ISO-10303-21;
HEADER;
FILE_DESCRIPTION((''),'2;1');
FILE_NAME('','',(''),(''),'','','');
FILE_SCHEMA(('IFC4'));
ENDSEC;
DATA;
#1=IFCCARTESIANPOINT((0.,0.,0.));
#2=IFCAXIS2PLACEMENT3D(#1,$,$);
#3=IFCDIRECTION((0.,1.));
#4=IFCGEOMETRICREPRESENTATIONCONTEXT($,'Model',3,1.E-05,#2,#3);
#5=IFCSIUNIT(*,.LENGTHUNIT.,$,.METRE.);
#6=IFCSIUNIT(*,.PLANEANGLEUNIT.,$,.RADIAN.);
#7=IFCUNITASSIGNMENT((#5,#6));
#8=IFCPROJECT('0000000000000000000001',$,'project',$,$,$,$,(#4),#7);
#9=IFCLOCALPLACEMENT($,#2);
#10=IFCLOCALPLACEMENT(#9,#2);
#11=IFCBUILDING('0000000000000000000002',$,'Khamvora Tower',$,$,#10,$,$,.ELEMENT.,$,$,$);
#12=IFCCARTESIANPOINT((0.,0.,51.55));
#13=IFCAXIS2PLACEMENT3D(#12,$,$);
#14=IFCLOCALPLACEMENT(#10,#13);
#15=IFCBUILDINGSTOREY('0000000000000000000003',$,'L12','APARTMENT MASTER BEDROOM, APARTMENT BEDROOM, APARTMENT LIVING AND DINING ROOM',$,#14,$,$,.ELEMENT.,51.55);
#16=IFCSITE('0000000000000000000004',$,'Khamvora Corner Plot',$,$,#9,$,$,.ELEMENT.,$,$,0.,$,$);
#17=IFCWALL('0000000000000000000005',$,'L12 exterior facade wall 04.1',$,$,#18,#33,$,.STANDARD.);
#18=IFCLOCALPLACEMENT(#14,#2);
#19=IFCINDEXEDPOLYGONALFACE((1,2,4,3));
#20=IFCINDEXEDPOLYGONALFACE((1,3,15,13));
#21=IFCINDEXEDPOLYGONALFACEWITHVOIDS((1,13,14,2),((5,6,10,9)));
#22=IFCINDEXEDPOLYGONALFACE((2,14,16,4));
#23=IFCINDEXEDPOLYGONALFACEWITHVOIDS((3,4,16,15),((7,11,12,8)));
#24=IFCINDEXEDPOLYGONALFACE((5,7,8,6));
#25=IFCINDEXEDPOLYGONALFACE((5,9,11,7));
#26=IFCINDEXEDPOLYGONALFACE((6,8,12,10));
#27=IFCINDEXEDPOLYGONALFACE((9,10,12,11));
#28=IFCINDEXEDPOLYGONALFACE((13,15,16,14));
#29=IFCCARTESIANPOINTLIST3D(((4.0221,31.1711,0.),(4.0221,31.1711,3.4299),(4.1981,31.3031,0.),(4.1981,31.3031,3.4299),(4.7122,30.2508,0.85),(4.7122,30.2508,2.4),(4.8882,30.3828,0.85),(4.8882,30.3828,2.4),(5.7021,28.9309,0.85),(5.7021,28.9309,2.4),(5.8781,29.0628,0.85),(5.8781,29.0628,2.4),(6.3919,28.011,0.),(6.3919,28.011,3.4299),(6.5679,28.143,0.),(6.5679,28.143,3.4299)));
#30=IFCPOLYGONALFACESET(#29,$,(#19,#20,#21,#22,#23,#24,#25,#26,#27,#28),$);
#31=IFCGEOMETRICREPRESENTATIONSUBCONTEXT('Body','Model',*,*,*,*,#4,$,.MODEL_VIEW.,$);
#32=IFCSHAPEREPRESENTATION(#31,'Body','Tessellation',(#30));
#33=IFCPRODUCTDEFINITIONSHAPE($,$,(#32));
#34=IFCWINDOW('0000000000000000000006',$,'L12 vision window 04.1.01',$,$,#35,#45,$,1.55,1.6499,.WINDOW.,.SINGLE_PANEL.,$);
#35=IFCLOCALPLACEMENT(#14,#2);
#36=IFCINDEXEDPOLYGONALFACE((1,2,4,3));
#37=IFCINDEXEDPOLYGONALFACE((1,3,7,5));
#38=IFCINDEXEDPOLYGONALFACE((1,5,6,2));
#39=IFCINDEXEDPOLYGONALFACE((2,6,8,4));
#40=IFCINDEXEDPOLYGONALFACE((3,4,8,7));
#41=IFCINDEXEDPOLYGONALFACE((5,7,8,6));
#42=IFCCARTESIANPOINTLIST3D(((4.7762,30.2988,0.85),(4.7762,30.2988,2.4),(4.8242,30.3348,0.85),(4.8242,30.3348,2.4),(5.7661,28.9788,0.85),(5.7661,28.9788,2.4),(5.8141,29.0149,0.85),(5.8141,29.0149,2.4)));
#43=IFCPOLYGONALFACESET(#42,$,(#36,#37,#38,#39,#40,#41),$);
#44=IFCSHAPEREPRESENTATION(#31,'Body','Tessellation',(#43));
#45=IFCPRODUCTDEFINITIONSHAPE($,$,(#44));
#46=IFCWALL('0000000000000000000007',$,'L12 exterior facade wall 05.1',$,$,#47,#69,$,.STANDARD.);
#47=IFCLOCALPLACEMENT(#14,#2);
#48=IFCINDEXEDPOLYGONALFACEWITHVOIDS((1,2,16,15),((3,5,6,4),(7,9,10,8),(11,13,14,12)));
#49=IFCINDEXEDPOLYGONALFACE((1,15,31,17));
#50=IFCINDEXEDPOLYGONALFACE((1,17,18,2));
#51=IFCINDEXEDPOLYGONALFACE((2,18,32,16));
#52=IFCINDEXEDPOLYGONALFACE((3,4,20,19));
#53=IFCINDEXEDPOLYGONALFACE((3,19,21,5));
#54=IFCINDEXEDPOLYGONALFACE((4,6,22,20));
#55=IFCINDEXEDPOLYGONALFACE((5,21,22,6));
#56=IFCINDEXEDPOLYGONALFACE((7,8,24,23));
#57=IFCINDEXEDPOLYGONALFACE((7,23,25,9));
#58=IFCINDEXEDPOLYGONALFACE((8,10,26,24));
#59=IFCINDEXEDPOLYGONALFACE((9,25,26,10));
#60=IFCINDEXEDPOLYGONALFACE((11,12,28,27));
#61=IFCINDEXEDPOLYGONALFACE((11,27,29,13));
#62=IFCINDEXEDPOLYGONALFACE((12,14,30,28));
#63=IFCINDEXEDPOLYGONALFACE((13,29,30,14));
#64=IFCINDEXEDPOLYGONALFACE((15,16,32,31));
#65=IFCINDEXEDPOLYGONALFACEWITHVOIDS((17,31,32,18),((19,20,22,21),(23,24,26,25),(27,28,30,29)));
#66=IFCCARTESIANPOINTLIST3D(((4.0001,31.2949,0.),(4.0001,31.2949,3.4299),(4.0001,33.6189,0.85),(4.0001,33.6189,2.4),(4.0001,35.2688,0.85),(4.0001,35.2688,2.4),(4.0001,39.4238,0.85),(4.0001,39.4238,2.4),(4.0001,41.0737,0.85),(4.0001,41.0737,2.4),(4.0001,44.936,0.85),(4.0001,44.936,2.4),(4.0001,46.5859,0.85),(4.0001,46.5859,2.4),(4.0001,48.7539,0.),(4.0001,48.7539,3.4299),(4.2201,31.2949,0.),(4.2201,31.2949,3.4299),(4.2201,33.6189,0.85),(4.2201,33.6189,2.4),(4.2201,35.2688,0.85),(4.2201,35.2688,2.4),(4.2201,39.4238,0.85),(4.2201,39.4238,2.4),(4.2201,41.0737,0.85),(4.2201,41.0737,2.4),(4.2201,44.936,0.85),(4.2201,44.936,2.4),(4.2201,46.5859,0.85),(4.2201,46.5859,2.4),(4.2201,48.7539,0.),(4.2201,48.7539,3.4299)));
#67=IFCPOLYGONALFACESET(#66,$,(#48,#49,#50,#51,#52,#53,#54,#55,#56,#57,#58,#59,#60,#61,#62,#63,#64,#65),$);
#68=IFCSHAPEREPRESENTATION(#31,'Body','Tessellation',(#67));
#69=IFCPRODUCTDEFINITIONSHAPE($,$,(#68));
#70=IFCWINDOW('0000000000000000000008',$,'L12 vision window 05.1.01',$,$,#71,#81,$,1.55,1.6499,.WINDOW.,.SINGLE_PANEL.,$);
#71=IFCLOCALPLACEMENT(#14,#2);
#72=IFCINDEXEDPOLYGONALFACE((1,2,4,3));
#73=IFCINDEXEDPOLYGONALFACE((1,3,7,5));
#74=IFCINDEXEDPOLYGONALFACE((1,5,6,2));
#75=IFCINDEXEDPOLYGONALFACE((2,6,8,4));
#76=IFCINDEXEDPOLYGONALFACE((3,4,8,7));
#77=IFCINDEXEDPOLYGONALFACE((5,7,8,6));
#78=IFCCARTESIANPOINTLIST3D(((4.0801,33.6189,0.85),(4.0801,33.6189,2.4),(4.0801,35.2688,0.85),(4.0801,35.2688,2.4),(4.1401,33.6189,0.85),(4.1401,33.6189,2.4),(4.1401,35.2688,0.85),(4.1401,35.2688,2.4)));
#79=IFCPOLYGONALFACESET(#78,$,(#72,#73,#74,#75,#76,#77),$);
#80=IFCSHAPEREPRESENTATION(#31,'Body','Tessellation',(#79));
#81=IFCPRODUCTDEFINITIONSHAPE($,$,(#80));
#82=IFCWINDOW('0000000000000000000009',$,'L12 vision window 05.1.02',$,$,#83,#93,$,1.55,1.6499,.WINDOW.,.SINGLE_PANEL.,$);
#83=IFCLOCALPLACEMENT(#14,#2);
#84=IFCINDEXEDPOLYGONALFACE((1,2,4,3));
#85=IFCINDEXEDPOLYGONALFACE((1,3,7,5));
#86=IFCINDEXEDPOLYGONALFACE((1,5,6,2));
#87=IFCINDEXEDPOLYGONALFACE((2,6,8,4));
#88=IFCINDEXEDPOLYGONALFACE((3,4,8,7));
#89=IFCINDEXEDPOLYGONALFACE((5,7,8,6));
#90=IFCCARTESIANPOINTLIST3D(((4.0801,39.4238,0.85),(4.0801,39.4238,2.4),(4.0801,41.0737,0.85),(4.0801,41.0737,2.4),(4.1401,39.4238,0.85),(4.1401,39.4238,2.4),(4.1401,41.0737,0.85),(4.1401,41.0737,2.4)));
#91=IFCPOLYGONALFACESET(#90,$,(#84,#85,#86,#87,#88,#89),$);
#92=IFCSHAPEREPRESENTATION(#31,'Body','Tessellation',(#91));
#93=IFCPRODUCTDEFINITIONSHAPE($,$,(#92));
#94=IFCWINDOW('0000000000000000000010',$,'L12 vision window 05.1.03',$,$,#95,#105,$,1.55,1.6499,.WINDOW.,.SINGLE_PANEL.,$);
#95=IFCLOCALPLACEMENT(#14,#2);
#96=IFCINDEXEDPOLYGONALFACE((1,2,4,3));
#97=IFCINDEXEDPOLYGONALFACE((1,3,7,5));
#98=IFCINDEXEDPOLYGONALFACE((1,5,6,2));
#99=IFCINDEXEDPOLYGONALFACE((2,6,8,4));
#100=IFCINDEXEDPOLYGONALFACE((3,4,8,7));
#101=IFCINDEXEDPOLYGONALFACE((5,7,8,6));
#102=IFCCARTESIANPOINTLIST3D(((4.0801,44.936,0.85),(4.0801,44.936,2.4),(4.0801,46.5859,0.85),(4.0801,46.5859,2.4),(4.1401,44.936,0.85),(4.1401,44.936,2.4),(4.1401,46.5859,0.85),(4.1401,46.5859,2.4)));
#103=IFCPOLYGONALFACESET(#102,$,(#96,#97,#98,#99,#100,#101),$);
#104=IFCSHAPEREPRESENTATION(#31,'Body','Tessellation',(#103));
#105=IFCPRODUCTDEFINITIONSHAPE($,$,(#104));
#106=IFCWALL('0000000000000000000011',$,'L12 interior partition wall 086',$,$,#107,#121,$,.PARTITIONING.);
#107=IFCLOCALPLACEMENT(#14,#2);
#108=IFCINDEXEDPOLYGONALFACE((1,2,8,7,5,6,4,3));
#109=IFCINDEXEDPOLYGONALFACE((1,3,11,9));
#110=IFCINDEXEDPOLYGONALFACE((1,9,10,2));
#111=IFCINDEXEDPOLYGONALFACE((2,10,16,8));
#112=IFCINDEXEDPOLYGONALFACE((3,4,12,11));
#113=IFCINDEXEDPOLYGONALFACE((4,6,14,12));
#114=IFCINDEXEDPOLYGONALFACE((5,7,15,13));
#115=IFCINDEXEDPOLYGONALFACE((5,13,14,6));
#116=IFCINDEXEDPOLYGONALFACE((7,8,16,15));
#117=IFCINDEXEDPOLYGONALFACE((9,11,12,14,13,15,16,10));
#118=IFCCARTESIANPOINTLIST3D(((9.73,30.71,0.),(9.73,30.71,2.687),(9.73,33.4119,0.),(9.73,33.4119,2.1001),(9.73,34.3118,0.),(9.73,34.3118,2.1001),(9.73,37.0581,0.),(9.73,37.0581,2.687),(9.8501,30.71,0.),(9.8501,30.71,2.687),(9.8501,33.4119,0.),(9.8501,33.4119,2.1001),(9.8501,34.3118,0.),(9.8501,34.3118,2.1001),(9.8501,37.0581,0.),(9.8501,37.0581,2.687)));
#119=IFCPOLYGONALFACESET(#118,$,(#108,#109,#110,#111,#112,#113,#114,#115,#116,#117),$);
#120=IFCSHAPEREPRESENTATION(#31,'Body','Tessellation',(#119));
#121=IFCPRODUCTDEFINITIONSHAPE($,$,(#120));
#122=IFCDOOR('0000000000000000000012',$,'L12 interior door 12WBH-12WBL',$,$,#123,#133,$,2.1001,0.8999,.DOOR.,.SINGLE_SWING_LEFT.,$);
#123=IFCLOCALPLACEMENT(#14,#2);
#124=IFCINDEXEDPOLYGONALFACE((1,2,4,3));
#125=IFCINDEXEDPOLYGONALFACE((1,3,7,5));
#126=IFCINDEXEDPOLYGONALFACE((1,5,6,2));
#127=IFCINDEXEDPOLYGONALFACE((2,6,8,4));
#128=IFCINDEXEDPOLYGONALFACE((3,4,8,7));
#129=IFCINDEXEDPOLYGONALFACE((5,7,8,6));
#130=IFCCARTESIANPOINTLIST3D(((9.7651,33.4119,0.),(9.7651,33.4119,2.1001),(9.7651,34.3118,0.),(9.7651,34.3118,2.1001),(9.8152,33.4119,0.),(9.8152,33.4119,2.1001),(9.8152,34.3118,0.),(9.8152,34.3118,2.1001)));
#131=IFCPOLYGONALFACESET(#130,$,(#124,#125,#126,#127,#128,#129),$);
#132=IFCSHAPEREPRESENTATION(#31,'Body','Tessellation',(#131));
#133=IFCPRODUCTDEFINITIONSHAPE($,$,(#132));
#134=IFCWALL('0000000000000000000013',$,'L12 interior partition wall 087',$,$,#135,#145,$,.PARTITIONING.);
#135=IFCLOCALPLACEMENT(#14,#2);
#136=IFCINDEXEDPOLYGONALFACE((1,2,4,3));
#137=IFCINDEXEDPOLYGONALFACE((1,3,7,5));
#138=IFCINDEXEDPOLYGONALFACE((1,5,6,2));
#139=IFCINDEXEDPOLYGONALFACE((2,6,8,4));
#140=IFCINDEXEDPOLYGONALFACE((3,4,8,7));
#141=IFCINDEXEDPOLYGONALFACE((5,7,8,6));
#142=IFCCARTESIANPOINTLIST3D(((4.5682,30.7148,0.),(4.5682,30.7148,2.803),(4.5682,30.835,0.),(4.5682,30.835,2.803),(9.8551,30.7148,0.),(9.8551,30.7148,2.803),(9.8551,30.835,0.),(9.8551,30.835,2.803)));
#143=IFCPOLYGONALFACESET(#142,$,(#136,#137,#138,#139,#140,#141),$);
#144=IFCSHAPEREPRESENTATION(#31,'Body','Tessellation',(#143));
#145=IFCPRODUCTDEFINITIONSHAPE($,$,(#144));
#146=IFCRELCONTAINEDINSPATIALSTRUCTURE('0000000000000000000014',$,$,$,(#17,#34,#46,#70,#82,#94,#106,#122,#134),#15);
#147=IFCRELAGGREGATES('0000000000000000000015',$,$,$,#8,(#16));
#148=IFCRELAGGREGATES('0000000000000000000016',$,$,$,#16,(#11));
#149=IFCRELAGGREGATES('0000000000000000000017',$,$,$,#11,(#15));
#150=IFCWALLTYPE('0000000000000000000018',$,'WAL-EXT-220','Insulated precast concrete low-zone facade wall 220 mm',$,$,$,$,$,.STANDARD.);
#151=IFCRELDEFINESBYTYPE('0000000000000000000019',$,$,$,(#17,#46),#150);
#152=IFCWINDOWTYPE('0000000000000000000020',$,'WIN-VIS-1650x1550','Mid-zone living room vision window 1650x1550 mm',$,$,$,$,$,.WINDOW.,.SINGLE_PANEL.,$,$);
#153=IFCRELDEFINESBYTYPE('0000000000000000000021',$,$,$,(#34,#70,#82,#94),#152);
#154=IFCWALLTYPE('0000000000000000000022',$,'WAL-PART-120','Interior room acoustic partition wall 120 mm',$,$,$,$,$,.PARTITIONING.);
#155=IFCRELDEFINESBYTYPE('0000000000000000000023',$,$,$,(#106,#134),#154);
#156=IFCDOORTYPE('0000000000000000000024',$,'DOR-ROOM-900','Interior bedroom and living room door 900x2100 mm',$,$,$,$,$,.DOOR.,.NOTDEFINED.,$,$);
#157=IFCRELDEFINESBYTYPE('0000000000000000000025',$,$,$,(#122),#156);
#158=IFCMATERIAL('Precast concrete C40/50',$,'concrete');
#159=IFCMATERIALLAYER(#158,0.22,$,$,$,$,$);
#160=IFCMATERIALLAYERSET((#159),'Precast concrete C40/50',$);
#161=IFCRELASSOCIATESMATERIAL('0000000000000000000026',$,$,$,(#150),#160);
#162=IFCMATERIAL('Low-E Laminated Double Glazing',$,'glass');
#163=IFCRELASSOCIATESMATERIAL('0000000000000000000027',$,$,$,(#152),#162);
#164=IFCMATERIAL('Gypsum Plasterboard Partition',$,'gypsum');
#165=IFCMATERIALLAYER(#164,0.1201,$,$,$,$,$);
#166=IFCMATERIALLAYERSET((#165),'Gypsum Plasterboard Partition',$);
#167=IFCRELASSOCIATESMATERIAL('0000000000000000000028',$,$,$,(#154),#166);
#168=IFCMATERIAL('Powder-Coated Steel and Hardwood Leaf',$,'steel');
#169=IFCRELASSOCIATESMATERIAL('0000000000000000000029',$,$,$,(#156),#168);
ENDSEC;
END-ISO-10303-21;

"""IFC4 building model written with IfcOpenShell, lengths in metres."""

from ifc_helpers import new_model, si_unit, direction, frame, frame_2d, origin, place, context, subcontext, project, spatial, rectangle, extrude, material, layer, layer_set, type_object, element, fill, save


model = new_model("IFC4")

# Units and contexts
model_context = context("Model", 3, precision=1e-05, world=origin(), true_north=direction((0.0, 1.0)))
body_context = subcontext(model_context, "Body", "Model", "MODEL_VIEW")
ifc_project = project(units=[si_unit("LENGTHUNIT", "METRE"), si_unit("PLANEANGLEUNIT", "RADIAN")], contexts=[model_context])

# Site, building, storey
site_placement = place(None, origin())
site = spatial("IfcSite", under=ifc_project, at=site_placement, Name="Khamvora Corner Plot", CompositionType="ELEMENT", RefElevation=0.0)
building_placement = place(site_placement, origin())
building = spatial("IfcBuilding", under=site, at=building_placement, Name="Khamvora Tower", CompositionType="ELEMENT")
storey_placement = place(building_placement, frame((0.0, 0.0, 51.55)))
storey = spatial("IfcBuildingStorey", under=building, at=storey_placement, Name="L12", Description="APARTMENT MASTER BEDROOM, APARTMENT BEDROOM, APARTMENT LIVING AND DINING ROOM", CompositionType="ELEMENT", Elevation=51.55)

# Wall, opening, window
ifc_material_1 = material(Name="Precast concrete C40/50", Category="concrete")
ifc_layer_1 = layer(ifc_material_1, 0.22)
ifc_layer_set_1 = layer_set([ifc_layer_1], Name="Precast concrete C40/50")
wall_type_1 = type_object("IfcWallType", Name="WAL-EXT-220", Description="Insulated precast concrete low-zone facade wall 220 mm", PredefinedType="STANDARD", material=ifc_layer_set_1)
wall_1_placement = place(storey_placement, frame((6.48, 28.0769, 0.0), z_axis=(0.0, 0.0, 1.0), x_axis=(-0.59996, 0.80003, 0.0)))
wall_1 = element("IfcWall", 1, at=wall_1_placement, inside=storey, type_object=wall_type_1, Name="L12 exterior facade wall 04.1", PredefinedType="STANDARD", context=body_context, shape_type="SweptSolid", body=[
    extrude(rectangle(XDim=3.95, YDim=0.22, at=frame_2d((1.9751, 0.0))), origin(), (0.0, 0.0, 1.0), 3.4299),
])
opening_1_placement = place(wall_1_placement, frame((1.1499, 0.0, 0.8501)))
opening_1 = element("IfcOpeningElement", 2, at=opening_1_placement, cuts=wall_1, PredefinedType="OPENING", context=body_context, shape_type="SweptSolid", body=[
    extrude(rectangle(XDim=1.6499, YDim=1.55, at=frame_2d((0.825, 0.7749))), frame((0.0, 0.1199, 0.0), z_axis=(0.0, -1.0, 0.0), x_axis=(1.0, 0.0, 0.0)), (0.0, 0.0, 1.0), 0.24),
])
ifc_material_2 = material(Name="Low-E Laminated Double Glazing", Category="glass")
window_type = type_object("IfcWindowType", Name="WIN-VIS-1650x1550", Description="Mid-zone living room vision window 1650x1550 mm", PartitioningType="SINGLE_PANEL", PredefinedType="WINDOW", material=ifc_material_2)
window_1_placement = place(opening_1_placement, origin())
window_1 = element("IfcWindow", 3, at=window_1_placement, inside=storey, type_object=window_type, Name="L12 vision window 04.1.01", OverallHeight=1.55, OverallWidth=1.6499, PartitioningType="SINGLE_PANEL", PredefinedType="WINDOW", context=body_context, shape_type="SweptSolid", body=[
    extrude(rectangle(XDim=1.6499, YDim=1.55, at=frame_2d((0.825, 0.7749))), frame((0.0, 0.03, 0.0), z_axis=(0.0, -1.0, 0.0), x_axis=(1.0, 0.0, 0.0)), (0.0, 0.0, 1.0), 0.0601),
])
fill(opening_1, window_1)

# Wall, openings, windows
wall_2_placement = place(storey_placement, frame((4.1101, 31.2949, 0.0), z_axis=(0.0, 0.0, 1.0), x_axis=(0.0, 1.0, 0.0)))
wall_2 = element("IfcWall", 4, at=wall_2_placement, inside=storey, type_object=wall_type_1, Name="L12 exterior facade wall 05.1", PredefinedType="STANDARD", context=body_context, shape_type="SweptSolid", body=[
    extrude(rectangle(XDim=17.459, YDim=0.22, at=frame_2d((8.7295, 0.0))), origin(), (0.0, 0.0, 1.0), 3.4299),
])
opening_2_placement = place(wall_2_placement, frame((2.324, 0.0, 0.8501)))
opening_2 = element("IfcOpeningElement", 5, at=opening_2_placement, cuts=wall_2, PredefinedType="OPENING", context=body_context, shape_type="SweptSolid", body=[
    extrude(rectangle(XDim=1.6499, YDim=1.55, at=frame_2d((0.825, 0.7749))), frame((0.0, 0.1199, 0.0), z_axis=(0.0, -1.0, 0.0), x_axis=(1.0, 0.0, 0.0)), (0.0, 0.0, 1.0), 0.24),
])
opening_3_placement = place(wall_2_placement, frame((8.1289, 0.0, 0.8501)))
opening_3 = element("IfcOpeningElement", 6, at=opening_3_placement, cuts=wall_2, PredefinedType="OPENING", context=body_context, shape_type="SweptSolid", body=[
    extrude(rectangle(XDim=1.6499, YDim=1.55, at=frame_2d((0.825, 0.7749))), frame((0.0, 0.1199, 0.0), z_axis=(0.0, -1.0, 0.0), x_axis=(1.0, 0.0, 0.0)), (0.0, 0.0, 1.0), 0.24),
])
opening_4_placement = place(wall_2_placement, frame((13.6411, 0.0, 0.8501)))
opening_4 = element("IfcOpeningElement", 7, at=opening_4_placement, cuts=wall_2, PredefinedType="OPENING", context=body_context, shape_type="SweptSolid", body=[
    extrude(rectangle(XDim=1.6499, YDim=1.55, at=frame_2d((0.825, 0.7749))), frame((0.0, 0.1199, 0.0), z_axis=(0.0, -1.0, 0.0), x_axis=(1.0, 0.0, 0.0)), (0.0, 0.0, 1.0), 0.24),
])
window_2_placement = place(opening_2_placement, origin())
window_2 = element("IfcWindow", 8, at=window_2_placement, inside=storey, type_object=window_type, Name="L12 vision window 05.1.01", OverallHeight=1.55, OverallWidth=1.6499, PartitioningType="SINGLE_PANEL", PredefinedType="WINDOW", context=body_context, shape_type="SweptSolid", body=[
    extrude(rectangle(XDim=1.6499, YDim=1.55, at=frame_2d((0.825, 0.7749))), frame((0.0, 0.03, 0.0), z_axis=(0.0, -1.0, 0.0), x_axis=(1.0, 0.0, 0.0)), (0.0, 0.0, 1.0), 0.0601),
])
fill(opening_2, window_2)
window_3_placement = place(opening_3_placement, origin())
window_3 = element("IfcWindow", 9, at=window_3_placement, inside=storey, type_object=window_type, Name="L12 vision window 05.1.02", OverallHeight=1.55, OverallWidth=1.6499, PartitioningType="SINGLE_PANEL", PredefinedType="WINDOW", context=body_context, shape_type="SweptSolid", body=[
    extrude(rectangle(XDim=1.6499, YDim=1.55, at=frame_2d((0.825, 0.7749))), frame((0.0, 0.03, 0.0), z_axis=(0.0, -1.0, 0.0), x_axis=(1.0, 0.0, 0.0)), (0.0, 0.0, 1.0), 0.0601),
])
fill(opening_3, window_3)
window_4_placement = place(opening_4_placement, origin())
window_4 = element("IfcWindow", 10, at=window_4_placement, inside=storey, type_object=window_type, Name="L12 vision window 05.1.03", OverallHeight=1.55, OverallWidth=1.6499, PartitioningType="SINGLE_PANEL", PredefinedType="WINDOW", context=body_context, shape_type="SweptSolid", body=[
    extrude(rectangle(XDim=1.6499, YDim=1.55, at=frame_2d((0.825, 0.7749))), frame((0.0, 0.03, 0.0), z_axis=(0.0, -1.0, 0.0), x_axis=(1.0, 0.0, 0.0)), (0.0, 0.0, 1.0), 0.0601),
])
fill(opening_4, window_4)

# Wall, opening, door
ifc_material_3 = material(Name="Gypsum Plasterboard Partition", Category="gypsum")
ifc_layer_2 = layer(ifc_material_3, 0.1201)
ifc_layer_set_2 = layer_set([ifc_layer_2], Name="Gypsum Plasterboard Partition")
wall_type_2 = type_object("IfcWallType", Name="WAL-PART-120", Description="Interior room acoustic partition wall 120 mm", PredefinedType="PARTITIONING", material=ifc_layer_set_2)
wall_3_placement = place(storey_placement, frame((9.79, 30.71, 0.0), z_axis=(0.0, 0.0, 1.0), x_axis=(0.0, 1.0, 0.0)))
wall_3 = element("IfcWall", 11, at=wall_3_placement, inside=storey, type_object=wall_type_2, Name="L12 interior partition wall 086", PredefinedType="PARTITIONING", context=body_context, shape_type="SweptSolid", body=[
    extrude(rectangle(XDim=6.3481, YDim=0.1201, at=frame_2d((3.1741, 0.0))), origin(), (0.0, 0.0, 1.0), 2.687),
])
opening_5_placement = place(wall_3_placement, frame((2.7019, 0.0, 0.0)))
opening_5 = element("IfcOpeningElement", 12, at=opening_5_placement, cuts=wall_3, PredefinedType="OPENING", context=body_context, shape_type="SweptSolid", body=[
    extrude(rectangle(XDim=0.8999, YDim=2.1001, at=frame_2d((0.45, 1.05))), frame((0.0, 0.0701, 0.0), z_axis=(0.0, -1.0, 0.0), x_axis=(1.0, 0.0, 0.0)), (0.0, 0.0, 1.0), 0.1401),
])
ifc_material_4 = material(Name="Powder-Coated Steel and Hardwood Leaf", Category="steel")
door_type_1 = type_object("IfcDoorType", Name="DOR-ROOM-900", Description="Interior bedroom and living room door 900x2100 mm", OperationType="NOTDEFINED", PredefinedType="DOOR", material=ifc_material_4)
door_1_placement = place(opening_5_placement, origin())
door_1 = element("IfcDoor", 13, at=door_1_placement, inside=storey, type_object=door_type_1, Name="L12 interior door 12WBH-12WBL", OperationType="SINGLE_SWING_LEFT", OverallHeight=2.1001, OverallWidth=0.8999, PredefinedType="DOOR", context=body_context, shape_type="SweptSolid", body=[
    extrude(rectangle(XDim=0.8999, YDim=2.1001, at=frame_2d((0.45, 1.05))), frame((0.0, 0.0249, 0.0), z_axis=(0.0, -1.0, 0.0), x_axis=(1.0, 0.0, 0.0)), (0.0, 0.0, 1.0), 0.05),
])
fill(opening_5, door_1)

# Wall
wall_4_placement = place(storey_placement, frame((4.5681, 30.7749, 0.0), z_axis=(0.0, 0.0, 1.0), x_axis=(1.0, 0.0, 0.0)))
element("IfcWall", 14, at=wall_4_placement, inside=storey, type_object=wall_type_2, Name="L12 interior partition wall 087", PredefinedType="PARTITIONING", context=body_context, shape_type="SweptSolid", body=[
    extrude(rectangle(XDim=5.2869, YDim=0.1201, at=frame_2d((2.6436, 0.0))), origin(), (0.0, 0.0, 1.0), 2.803),
])

save(model, "model.ifc")
